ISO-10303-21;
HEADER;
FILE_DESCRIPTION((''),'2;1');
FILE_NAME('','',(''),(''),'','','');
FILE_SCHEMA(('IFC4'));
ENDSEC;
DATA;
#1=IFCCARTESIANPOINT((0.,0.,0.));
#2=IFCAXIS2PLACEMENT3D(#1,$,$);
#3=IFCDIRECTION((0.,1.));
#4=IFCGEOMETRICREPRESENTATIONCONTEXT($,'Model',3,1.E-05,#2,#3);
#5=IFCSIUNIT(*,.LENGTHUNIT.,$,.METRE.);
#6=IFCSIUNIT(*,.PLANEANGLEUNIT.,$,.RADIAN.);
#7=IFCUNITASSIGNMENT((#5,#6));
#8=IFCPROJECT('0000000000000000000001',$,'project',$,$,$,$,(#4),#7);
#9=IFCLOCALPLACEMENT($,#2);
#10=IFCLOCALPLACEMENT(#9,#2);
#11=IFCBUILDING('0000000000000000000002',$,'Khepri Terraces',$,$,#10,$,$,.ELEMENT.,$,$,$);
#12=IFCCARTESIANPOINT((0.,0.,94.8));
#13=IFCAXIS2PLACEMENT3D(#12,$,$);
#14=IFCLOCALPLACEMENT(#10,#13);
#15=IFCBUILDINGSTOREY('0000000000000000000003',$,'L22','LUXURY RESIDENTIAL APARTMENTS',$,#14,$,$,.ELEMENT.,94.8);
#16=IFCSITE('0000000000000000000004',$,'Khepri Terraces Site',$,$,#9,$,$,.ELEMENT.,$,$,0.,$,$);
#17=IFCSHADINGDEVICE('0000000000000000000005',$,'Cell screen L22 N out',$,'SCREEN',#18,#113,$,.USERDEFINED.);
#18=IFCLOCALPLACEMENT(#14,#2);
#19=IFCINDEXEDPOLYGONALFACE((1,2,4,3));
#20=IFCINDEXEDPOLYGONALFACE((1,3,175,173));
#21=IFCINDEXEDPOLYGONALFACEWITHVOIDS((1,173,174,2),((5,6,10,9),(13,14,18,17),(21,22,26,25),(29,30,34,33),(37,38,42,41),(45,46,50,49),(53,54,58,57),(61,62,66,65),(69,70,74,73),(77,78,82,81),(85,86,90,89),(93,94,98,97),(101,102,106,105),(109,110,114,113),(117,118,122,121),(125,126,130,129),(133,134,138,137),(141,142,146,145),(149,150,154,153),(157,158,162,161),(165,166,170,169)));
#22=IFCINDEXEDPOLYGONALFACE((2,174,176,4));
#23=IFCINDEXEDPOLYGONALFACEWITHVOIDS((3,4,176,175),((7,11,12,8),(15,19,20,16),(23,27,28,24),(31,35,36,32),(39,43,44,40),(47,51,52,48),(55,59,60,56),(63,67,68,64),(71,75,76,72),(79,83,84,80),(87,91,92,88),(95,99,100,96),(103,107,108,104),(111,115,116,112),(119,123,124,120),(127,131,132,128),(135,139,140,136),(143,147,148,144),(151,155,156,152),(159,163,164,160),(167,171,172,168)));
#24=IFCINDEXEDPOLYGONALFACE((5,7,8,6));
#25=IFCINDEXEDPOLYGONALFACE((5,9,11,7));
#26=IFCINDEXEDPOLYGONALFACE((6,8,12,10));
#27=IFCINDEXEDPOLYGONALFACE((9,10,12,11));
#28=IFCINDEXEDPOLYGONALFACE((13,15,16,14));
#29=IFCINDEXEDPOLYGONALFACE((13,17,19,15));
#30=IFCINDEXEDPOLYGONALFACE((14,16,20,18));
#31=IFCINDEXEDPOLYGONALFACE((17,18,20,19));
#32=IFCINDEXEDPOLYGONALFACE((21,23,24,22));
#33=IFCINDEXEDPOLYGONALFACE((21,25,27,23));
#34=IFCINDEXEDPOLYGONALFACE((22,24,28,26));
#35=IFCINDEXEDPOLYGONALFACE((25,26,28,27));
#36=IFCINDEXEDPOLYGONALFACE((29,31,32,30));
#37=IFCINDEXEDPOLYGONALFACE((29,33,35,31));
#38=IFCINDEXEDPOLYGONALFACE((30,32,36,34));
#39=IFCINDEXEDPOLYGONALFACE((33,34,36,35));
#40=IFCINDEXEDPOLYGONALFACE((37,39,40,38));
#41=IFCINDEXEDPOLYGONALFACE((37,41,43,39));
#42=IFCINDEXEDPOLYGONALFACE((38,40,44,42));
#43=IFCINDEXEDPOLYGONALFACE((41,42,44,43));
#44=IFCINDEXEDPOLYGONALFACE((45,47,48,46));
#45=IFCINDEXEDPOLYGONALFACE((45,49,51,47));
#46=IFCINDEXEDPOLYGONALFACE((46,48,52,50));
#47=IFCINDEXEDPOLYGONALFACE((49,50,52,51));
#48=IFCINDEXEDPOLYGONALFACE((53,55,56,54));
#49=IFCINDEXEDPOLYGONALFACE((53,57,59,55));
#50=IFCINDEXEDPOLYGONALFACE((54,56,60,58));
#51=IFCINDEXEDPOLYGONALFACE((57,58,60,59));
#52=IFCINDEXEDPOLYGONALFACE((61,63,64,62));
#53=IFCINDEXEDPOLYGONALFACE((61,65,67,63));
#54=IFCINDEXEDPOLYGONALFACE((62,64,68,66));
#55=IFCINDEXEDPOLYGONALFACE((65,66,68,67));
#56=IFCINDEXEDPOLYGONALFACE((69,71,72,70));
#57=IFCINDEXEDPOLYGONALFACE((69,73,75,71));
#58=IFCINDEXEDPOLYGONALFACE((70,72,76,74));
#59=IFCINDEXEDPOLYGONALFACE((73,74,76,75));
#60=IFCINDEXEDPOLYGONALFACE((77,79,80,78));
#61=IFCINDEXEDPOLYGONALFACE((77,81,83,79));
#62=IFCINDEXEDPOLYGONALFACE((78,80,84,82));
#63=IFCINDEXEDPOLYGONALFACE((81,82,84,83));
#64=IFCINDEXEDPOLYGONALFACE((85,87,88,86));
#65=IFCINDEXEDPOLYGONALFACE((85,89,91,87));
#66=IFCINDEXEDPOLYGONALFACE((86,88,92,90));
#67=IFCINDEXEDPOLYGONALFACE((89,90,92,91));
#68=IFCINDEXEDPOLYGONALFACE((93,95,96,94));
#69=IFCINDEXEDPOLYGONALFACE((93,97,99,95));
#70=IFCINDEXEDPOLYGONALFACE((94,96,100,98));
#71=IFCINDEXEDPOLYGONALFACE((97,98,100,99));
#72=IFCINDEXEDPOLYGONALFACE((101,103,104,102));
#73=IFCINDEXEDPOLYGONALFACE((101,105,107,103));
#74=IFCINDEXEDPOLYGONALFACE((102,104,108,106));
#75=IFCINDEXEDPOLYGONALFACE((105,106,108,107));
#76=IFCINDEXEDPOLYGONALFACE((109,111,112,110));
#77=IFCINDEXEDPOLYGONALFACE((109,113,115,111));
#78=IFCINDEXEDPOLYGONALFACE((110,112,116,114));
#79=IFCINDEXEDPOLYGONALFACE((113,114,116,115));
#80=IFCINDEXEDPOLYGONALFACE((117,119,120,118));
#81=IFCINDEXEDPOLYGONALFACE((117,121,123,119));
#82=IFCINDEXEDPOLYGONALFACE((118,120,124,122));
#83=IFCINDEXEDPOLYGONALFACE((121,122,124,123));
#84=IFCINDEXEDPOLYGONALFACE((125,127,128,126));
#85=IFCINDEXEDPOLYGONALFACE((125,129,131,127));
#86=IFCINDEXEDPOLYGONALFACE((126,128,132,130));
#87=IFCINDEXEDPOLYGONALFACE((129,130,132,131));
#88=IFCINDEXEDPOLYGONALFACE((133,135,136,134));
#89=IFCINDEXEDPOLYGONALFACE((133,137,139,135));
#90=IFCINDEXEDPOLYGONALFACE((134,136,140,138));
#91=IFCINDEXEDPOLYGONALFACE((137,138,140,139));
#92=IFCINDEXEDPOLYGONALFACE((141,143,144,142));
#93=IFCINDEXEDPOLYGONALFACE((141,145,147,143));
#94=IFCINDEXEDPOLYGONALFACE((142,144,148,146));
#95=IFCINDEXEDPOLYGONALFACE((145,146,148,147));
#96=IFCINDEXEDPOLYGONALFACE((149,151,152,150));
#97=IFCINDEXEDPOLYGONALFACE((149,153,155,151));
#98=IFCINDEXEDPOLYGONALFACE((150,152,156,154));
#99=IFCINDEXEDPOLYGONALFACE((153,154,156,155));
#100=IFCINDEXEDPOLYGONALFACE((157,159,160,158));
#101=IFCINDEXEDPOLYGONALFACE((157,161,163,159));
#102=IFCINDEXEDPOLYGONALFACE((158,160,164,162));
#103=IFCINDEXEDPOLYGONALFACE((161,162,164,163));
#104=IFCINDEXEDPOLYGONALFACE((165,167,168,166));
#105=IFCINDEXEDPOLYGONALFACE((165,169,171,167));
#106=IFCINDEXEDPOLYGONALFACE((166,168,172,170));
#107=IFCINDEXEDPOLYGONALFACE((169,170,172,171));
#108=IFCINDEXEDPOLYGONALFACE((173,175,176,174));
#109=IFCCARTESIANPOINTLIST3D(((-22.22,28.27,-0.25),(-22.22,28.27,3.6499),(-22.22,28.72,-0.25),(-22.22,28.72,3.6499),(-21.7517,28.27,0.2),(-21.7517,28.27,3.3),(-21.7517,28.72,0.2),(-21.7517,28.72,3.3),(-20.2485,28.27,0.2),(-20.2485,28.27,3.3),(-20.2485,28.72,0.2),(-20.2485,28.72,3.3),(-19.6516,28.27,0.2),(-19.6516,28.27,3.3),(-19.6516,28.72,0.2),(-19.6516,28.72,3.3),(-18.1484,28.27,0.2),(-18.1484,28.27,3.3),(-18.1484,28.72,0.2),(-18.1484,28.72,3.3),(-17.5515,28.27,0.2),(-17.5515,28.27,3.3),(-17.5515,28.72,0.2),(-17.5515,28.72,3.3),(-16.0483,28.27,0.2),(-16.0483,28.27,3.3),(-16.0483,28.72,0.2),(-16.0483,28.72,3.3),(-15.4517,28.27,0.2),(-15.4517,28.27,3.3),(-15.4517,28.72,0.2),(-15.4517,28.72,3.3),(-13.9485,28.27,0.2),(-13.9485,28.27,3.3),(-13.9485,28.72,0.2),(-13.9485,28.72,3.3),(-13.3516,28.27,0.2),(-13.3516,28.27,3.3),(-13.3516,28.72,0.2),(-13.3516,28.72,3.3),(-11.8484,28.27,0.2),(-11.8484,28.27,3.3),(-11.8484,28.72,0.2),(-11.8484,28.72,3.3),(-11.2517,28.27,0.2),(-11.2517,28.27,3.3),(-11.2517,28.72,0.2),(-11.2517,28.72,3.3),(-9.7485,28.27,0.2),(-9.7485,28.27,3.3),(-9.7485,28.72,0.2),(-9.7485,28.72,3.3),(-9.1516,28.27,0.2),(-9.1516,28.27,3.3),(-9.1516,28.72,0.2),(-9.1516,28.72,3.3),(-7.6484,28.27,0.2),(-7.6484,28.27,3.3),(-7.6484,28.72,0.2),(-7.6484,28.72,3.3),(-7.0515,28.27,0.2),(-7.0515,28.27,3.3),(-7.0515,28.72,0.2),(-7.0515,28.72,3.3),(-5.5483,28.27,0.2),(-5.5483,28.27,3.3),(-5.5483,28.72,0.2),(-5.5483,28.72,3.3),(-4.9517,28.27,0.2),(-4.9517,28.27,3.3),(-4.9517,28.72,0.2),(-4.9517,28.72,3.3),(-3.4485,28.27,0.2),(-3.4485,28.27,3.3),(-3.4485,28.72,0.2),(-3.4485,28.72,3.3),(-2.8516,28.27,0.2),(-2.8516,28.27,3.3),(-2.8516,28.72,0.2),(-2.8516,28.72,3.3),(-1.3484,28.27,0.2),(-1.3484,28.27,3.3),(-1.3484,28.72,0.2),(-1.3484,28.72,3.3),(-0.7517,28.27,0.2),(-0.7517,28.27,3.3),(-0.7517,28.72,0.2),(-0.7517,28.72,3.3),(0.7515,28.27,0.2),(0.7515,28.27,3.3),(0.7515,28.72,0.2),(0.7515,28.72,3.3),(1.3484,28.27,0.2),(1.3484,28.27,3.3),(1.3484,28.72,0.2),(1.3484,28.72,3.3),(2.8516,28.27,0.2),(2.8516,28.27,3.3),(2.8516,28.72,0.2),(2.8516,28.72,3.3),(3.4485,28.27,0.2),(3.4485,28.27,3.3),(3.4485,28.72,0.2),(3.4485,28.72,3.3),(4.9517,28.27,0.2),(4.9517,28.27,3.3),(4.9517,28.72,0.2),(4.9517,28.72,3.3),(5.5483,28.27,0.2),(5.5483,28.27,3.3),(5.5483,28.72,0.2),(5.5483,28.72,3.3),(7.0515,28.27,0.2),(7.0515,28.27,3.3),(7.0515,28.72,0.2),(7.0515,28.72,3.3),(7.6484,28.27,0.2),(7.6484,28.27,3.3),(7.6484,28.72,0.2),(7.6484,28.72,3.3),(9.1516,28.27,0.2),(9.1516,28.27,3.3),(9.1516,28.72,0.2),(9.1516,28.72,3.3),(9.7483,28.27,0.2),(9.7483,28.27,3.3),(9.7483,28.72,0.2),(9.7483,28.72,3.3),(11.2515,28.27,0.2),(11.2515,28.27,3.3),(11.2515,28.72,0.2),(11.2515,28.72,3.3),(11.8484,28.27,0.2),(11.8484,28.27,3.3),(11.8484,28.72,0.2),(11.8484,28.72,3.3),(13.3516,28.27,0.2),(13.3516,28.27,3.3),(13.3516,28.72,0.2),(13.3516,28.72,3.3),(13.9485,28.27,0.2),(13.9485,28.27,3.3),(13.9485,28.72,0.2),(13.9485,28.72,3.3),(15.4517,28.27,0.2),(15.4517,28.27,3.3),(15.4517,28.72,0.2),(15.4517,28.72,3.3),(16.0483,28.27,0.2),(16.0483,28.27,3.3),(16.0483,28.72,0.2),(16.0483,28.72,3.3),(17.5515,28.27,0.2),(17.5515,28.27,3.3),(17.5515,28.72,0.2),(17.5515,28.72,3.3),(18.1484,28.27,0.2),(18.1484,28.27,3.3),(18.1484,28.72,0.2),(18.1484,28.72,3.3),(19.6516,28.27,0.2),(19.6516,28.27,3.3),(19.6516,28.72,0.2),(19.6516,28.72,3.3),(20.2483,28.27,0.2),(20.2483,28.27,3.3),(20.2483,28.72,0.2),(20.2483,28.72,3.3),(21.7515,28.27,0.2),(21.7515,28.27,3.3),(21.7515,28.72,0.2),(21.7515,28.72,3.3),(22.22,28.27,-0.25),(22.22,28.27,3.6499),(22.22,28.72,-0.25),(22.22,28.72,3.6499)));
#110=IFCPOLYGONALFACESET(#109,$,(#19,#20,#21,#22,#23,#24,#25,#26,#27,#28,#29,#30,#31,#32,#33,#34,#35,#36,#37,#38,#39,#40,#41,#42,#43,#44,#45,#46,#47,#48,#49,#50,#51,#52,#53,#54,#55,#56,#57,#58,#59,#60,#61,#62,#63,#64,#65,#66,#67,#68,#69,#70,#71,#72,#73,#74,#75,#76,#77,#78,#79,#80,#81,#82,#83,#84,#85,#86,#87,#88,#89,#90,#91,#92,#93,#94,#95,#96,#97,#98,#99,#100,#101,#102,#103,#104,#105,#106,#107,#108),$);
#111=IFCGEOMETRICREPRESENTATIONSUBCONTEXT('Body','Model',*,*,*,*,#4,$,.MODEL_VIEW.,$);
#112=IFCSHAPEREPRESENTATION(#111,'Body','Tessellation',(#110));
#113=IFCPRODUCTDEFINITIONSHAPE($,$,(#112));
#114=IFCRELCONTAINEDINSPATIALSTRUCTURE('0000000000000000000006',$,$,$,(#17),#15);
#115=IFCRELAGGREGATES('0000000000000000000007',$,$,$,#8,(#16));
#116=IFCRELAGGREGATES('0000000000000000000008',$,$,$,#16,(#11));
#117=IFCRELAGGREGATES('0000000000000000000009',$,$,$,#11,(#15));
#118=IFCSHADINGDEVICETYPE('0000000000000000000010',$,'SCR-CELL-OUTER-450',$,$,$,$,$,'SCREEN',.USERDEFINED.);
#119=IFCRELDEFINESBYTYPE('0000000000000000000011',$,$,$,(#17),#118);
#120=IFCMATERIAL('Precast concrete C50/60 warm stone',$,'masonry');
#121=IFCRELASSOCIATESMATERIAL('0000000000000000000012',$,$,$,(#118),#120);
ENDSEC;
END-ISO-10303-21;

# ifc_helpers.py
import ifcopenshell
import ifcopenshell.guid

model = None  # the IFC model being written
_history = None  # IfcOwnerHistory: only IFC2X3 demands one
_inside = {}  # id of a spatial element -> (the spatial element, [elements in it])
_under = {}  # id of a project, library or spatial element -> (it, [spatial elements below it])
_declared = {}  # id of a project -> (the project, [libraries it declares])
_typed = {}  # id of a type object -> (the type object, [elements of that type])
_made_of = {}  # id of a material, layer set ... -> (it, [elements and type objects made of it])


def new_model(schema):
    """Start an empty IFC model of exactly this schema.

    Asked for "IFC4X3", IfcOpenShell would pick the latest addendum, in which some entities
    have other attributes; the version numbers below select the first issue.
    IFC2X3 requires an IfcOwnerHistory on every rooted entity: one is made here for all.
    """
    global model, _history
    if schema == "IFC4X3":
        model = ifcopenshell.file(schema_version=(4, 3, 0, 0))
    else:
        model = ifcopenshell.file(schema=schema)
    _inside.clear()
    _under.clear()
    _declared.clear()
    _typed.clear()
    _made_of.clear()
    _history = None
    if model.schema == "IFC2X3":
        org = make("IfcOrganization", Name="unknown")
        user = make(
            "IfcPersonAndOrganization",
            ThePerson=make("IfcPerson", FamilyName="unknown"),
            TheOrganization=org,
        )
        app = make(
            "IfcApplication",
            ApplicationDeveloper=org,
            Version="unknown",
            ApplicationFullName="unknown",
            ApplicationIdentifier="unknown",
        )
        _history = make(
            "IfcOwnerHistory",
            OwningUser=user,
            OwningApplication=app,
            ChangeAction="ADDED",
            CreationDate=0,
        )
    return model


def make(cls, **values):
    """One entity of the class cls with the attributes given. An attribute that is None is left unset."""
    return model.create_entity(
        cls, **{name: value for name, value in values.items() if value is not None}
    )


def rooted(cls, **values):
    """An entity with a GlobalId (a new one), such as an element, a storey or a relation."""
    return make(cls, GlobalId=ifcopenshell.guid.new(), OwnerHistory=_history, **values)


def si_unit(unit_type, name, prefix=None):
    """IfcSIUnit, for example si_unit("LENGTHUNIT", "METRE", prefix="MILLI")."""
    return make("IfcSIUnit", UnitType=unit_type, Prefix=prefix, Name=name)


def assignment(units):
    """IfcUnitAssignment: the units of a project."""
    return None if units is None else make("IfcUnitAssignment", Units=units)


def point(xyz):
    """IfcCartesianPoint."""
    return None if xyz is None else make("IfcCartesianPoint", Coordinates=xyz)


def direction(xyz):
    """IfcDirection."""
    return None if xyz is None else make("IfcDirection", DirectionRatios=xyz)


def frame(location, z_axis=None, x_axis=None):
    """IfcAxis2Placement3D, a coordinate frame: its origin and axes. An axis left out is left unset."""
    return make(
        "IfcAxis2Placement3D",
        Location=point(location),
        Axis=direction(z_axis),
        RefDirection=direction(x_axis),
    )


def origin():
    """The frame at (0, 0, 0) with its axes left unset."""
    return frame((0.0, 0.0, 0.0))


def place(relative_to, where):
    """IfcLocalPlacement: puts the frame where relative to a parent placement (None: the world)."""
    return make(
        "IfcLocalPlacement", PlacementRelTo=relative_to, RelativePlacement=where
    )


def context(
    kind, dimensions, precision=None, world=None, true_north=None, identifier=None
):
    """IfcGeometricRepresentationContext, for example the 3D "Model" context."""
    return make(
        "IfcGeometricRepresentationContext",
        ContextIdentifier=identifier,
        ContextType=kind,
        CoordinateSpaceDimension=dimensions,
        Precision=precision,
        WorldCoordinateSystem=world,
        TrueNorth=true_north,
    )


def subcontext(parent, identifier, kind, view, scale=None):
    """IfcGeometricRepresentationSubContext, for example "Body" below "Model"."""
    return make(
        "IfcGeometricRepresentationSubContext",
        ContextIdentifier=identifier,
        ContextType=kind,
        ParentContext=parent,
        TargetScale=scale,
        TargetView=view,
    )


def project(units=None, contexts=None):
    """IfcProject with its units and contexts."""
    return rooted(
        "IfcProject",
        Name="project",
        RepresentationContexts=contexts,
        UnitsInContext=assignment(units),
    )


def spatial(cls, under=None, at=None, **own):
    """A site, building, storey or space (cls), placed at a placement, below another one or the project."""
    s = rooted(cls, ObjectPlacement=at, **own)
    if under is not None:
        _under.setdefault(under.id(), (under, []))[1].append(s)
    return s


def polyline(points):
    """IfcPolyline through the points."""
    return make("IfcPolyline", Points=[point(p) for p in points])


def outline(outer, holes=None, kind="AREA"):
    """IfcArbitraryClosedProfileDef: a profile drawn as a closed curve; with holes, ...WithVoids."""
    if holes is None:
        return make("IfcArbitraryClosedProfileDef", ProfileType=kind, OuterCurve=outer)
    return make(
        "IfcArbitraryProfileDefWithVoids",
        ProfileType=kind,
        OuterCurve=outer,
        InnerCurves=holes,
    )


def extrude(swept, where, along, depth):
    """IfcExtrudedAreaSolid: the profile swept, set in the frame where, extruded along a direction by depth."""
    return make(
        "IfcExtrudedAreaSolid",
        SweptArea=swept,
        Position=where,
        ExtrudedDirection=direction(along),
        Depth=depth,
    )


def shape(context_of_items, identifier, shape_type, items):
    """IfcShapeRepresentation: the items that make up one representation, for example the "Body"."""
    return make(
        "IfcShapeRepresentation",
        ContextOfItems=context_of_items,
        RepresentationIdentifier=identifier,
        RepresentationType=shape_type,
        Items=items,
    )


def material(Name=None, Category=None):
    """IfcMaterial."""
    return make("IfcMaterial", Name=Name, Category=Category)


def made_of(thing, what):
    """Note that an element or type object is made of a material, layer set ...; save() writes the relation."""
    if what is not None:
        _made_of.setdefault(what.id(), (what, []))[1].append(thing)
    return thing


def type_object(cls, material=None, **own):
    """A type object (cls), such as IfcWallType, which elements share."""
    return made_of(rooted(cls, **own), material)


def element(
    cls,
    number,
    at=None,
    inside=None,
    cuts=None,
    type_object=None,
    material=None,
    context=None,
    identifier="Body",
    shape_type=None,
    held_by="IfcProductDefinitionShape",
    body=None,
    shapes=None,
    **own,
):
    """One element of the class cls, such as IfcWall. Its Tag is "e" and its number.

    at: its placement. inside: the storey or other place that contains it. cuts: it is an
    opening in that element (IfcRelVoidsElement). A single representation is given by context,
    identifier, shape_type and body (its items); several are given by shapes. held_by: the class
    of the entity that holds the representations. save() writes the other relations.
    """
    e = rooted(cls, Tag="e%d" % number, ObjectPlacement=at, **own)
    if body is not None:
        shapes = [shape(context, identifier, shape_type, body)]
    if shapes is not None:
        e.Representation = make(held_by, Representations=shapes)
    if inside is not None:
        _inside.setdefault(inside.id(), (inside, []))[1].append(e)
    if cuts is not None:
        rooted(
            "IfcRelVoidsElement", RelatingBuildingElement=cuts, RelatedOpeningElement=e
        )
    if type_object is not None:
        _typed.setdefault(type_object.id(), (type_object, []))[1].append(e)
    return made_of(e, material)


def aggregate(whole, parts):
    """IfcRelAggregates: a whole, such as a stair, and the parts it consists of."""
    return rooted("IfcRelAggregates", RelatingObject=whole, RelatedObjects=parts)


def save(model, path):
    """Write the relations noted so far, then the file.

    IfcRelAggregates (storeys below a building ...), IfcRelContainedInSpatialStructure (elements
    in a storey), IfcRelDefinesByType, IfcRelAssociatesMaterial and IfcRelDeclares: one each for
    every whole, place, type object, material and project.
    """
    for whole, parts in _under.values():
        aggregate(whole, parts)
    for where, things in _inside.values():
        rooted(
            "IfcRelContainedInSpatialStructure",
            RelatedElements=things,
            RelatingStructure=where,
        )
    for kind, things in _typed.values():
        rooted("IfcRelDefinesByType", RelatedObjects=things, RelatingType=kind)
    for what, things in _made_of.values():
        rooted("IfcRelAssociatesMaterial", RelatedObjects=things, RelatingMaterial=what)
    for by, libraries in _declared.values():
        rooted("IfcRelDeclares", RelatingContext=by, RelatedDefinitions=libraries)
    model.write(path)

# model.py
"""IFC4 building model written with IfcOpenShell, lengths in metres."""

from ifc_helpers import new_model, si_unit, direction, frame, origin, place, context, subcontext, project, spatial, polyline, outline, extrude, material, type_object, element, save


model = new_model("IFC4")

# Units and contexts
model_context = context("Model", 3, precision=1e-05, world=origin(), true_north=direction((0.0, 1.0)))
body_context = subcontext(model_context, "Body", "Model", "MODEL_VIEW")
ifc_project = project(units=[si_unit("LENGTHUNIT", "METRE"), si_unit("PLANEANGLEUNIT", "RADIAN")], contexts=[model_context])

# Site, building, storey
site_placement = place(None, origin())
site = spatial("IfcSite", under=ifc_project, at=site_placement, Name="Khepri Terraces Site", CompositionType="ELEMENT", RefElevation=0.0)
building_placement = place(site_placement, origin())
building = spatial("IfcBuilding", under=site, at=building_placement, Name="Khepri Terraces", CompositionType="ELEMENT")
storey_placement = place(building_placement, frame((0.0, 0.0, 94.8)))
storey = spatial("IfcBuildingStorey", under=building, at=storey_placement, Name="L22", Description="LUXURY RESIDENTIAL APARTMENTS", CompositionType="ELEMENT", Elevation=94.8)

# Shared definitions
ifc_material_1 = material(Name="Precast concrete C50/60 warm stone", Category="masonry")

# Shading device
shading_device_type_1 = type_object("IfcShadingDeviceType", Name="SCR-CELL-OUTER-450", ElementType="SCREEN", PredefinedType="USERDEFINED", material=ifc_material_1)
shading_device_1_placement = place(storey_placement, frame((22.22, 28.27, -0.25), z_axis=(0.0, 1.0, 0.0), x_axis=(-1.0, 0.0, 0.0)))
element("IfcShadingDevice", 1, at=shading_device_1_placement, inside=storey, type_object=shading_device_type_1, Name="Cell screen L22 N out", ObjectType="SCREEN", PredefinedType="USERDEFINED", context=body_context, shape_type="SweptSolid", body=[
    extrude(outline(polyline([(0.0, 0.0), (44.4399, 0.0), (44.4399, 3.8999), (0.0, 3.8999), (0.0, 0.0)]), holes=[polyline([(0.4685, 0.45), (1.9717, 0.45), (1.9717, 3.55), (0.4685, 3.55), (0.4685, 0.45)]), polyline([(2.5684, 0.45), (4.0715, 0.45), (4.0715, 3.55), (2.5684, 3.55), (2.5684, 0.45)]), polyline([(4.6685, 0.45), (6.1716, 0.45), (6.1716, 3.55), (4.6685, 3.55), (4.6685, 0.45)]), polyline([(6.7683, 0.45), (8.2715, 0.45), (8.2715, 3.55), (6.7683, 3.55), (6.7683, 0.45)]), polyline([(8.8684, 0.45), (10.3716, 0.45), (10.3716, 3.55), (8.8684, 3.55), (8.8684, 0.45)]), polyline([(10.9685, 0.45), (12.4717, 0.45), (12.4717, 3.55), (10.9685, 3.55), (10.9685, 0.45)]), polyline([(13.0684, 0.45), (14.5715, 0.45), (14.5715, 3.55), (13.0684, 3.55), (13.0684, 0.45)]), polyline([(15.1685, 0.45), (16.6716, 0.45), (16.6716, 3.55), (15.1685, 3.55), (15.1685, 0.45)]), polyline([(17.2683, 0.45), (18.7715, 0.45), (18.7715, 3.55), (17.2683, 3.55), (17.2683, 0.45)]), polyline([(19.3684, 0.45), (20.8716, 0.45), (20.8716, 3.55), (19.3684, 3.55), (19.3684, 0.45)]), polyline([(21.4685, 0.45), (22.9717, 0.45), (22.9717, 3.55), (21.4685, 3.55), (21.4685, 0.45)]), polyline([(23.5684, 0.45), (25.0715, 0.45), (25.0715, 3.55), (23.5684, 3.55), (23.5684, 0.45)]), polyline([(25.6685, 0.45), (27.1716, 0.45), (27.1716, 3.55), (25.6685, 3.55), (25.6685, 0.45)]), polyline([(27.7683, 0.45), (29.2715, 0.45), (29.2715, 3.55), (27.7683, 3.55), (27.7683, 0.45)]), polyline([(29.8684, 0.45), (31.3716, 0.45), (31.3716, 3.55), (29.8684, 3.55), (29.8684, 0.45)]), polyline([(31.9685, 0.45), (33.4717, 0.45), (33.4717, 3.55), (31.9685, 3.55), (31.9685, 0.45)]), polyline([(34.0684, 0.45), (35.5715, 0.45), (35.5715, 3.55), (34.0684, 3.55), (34.0684, 0.45)]), polyline([(36.1685, 0.45), (37.6716, 0.45), (37.6716, 3.55), (36.1685, 3.55), (36.1685, 0.45)]), polyline([(38.2683, 0.45), (39.7715, 0.45), (39.7715, 3.55), (38.2683, 3.55), (38.2683, 0.45)]), polyline([(40.3684, 0.45), (41.8716, 0.45), (41.8716, 3.55), (40.3684, 3.55), (40.3684, 0.45)]), polyline([(42.4685, 0.45), (43.9717, 0.45), (43.9717, 3.55), (42.4685, 3.55), (42.4685, 0.45)])]), origin(), (0.0, 0.0, 1.0), 0.45),
])

save(model, "model.ifc")
